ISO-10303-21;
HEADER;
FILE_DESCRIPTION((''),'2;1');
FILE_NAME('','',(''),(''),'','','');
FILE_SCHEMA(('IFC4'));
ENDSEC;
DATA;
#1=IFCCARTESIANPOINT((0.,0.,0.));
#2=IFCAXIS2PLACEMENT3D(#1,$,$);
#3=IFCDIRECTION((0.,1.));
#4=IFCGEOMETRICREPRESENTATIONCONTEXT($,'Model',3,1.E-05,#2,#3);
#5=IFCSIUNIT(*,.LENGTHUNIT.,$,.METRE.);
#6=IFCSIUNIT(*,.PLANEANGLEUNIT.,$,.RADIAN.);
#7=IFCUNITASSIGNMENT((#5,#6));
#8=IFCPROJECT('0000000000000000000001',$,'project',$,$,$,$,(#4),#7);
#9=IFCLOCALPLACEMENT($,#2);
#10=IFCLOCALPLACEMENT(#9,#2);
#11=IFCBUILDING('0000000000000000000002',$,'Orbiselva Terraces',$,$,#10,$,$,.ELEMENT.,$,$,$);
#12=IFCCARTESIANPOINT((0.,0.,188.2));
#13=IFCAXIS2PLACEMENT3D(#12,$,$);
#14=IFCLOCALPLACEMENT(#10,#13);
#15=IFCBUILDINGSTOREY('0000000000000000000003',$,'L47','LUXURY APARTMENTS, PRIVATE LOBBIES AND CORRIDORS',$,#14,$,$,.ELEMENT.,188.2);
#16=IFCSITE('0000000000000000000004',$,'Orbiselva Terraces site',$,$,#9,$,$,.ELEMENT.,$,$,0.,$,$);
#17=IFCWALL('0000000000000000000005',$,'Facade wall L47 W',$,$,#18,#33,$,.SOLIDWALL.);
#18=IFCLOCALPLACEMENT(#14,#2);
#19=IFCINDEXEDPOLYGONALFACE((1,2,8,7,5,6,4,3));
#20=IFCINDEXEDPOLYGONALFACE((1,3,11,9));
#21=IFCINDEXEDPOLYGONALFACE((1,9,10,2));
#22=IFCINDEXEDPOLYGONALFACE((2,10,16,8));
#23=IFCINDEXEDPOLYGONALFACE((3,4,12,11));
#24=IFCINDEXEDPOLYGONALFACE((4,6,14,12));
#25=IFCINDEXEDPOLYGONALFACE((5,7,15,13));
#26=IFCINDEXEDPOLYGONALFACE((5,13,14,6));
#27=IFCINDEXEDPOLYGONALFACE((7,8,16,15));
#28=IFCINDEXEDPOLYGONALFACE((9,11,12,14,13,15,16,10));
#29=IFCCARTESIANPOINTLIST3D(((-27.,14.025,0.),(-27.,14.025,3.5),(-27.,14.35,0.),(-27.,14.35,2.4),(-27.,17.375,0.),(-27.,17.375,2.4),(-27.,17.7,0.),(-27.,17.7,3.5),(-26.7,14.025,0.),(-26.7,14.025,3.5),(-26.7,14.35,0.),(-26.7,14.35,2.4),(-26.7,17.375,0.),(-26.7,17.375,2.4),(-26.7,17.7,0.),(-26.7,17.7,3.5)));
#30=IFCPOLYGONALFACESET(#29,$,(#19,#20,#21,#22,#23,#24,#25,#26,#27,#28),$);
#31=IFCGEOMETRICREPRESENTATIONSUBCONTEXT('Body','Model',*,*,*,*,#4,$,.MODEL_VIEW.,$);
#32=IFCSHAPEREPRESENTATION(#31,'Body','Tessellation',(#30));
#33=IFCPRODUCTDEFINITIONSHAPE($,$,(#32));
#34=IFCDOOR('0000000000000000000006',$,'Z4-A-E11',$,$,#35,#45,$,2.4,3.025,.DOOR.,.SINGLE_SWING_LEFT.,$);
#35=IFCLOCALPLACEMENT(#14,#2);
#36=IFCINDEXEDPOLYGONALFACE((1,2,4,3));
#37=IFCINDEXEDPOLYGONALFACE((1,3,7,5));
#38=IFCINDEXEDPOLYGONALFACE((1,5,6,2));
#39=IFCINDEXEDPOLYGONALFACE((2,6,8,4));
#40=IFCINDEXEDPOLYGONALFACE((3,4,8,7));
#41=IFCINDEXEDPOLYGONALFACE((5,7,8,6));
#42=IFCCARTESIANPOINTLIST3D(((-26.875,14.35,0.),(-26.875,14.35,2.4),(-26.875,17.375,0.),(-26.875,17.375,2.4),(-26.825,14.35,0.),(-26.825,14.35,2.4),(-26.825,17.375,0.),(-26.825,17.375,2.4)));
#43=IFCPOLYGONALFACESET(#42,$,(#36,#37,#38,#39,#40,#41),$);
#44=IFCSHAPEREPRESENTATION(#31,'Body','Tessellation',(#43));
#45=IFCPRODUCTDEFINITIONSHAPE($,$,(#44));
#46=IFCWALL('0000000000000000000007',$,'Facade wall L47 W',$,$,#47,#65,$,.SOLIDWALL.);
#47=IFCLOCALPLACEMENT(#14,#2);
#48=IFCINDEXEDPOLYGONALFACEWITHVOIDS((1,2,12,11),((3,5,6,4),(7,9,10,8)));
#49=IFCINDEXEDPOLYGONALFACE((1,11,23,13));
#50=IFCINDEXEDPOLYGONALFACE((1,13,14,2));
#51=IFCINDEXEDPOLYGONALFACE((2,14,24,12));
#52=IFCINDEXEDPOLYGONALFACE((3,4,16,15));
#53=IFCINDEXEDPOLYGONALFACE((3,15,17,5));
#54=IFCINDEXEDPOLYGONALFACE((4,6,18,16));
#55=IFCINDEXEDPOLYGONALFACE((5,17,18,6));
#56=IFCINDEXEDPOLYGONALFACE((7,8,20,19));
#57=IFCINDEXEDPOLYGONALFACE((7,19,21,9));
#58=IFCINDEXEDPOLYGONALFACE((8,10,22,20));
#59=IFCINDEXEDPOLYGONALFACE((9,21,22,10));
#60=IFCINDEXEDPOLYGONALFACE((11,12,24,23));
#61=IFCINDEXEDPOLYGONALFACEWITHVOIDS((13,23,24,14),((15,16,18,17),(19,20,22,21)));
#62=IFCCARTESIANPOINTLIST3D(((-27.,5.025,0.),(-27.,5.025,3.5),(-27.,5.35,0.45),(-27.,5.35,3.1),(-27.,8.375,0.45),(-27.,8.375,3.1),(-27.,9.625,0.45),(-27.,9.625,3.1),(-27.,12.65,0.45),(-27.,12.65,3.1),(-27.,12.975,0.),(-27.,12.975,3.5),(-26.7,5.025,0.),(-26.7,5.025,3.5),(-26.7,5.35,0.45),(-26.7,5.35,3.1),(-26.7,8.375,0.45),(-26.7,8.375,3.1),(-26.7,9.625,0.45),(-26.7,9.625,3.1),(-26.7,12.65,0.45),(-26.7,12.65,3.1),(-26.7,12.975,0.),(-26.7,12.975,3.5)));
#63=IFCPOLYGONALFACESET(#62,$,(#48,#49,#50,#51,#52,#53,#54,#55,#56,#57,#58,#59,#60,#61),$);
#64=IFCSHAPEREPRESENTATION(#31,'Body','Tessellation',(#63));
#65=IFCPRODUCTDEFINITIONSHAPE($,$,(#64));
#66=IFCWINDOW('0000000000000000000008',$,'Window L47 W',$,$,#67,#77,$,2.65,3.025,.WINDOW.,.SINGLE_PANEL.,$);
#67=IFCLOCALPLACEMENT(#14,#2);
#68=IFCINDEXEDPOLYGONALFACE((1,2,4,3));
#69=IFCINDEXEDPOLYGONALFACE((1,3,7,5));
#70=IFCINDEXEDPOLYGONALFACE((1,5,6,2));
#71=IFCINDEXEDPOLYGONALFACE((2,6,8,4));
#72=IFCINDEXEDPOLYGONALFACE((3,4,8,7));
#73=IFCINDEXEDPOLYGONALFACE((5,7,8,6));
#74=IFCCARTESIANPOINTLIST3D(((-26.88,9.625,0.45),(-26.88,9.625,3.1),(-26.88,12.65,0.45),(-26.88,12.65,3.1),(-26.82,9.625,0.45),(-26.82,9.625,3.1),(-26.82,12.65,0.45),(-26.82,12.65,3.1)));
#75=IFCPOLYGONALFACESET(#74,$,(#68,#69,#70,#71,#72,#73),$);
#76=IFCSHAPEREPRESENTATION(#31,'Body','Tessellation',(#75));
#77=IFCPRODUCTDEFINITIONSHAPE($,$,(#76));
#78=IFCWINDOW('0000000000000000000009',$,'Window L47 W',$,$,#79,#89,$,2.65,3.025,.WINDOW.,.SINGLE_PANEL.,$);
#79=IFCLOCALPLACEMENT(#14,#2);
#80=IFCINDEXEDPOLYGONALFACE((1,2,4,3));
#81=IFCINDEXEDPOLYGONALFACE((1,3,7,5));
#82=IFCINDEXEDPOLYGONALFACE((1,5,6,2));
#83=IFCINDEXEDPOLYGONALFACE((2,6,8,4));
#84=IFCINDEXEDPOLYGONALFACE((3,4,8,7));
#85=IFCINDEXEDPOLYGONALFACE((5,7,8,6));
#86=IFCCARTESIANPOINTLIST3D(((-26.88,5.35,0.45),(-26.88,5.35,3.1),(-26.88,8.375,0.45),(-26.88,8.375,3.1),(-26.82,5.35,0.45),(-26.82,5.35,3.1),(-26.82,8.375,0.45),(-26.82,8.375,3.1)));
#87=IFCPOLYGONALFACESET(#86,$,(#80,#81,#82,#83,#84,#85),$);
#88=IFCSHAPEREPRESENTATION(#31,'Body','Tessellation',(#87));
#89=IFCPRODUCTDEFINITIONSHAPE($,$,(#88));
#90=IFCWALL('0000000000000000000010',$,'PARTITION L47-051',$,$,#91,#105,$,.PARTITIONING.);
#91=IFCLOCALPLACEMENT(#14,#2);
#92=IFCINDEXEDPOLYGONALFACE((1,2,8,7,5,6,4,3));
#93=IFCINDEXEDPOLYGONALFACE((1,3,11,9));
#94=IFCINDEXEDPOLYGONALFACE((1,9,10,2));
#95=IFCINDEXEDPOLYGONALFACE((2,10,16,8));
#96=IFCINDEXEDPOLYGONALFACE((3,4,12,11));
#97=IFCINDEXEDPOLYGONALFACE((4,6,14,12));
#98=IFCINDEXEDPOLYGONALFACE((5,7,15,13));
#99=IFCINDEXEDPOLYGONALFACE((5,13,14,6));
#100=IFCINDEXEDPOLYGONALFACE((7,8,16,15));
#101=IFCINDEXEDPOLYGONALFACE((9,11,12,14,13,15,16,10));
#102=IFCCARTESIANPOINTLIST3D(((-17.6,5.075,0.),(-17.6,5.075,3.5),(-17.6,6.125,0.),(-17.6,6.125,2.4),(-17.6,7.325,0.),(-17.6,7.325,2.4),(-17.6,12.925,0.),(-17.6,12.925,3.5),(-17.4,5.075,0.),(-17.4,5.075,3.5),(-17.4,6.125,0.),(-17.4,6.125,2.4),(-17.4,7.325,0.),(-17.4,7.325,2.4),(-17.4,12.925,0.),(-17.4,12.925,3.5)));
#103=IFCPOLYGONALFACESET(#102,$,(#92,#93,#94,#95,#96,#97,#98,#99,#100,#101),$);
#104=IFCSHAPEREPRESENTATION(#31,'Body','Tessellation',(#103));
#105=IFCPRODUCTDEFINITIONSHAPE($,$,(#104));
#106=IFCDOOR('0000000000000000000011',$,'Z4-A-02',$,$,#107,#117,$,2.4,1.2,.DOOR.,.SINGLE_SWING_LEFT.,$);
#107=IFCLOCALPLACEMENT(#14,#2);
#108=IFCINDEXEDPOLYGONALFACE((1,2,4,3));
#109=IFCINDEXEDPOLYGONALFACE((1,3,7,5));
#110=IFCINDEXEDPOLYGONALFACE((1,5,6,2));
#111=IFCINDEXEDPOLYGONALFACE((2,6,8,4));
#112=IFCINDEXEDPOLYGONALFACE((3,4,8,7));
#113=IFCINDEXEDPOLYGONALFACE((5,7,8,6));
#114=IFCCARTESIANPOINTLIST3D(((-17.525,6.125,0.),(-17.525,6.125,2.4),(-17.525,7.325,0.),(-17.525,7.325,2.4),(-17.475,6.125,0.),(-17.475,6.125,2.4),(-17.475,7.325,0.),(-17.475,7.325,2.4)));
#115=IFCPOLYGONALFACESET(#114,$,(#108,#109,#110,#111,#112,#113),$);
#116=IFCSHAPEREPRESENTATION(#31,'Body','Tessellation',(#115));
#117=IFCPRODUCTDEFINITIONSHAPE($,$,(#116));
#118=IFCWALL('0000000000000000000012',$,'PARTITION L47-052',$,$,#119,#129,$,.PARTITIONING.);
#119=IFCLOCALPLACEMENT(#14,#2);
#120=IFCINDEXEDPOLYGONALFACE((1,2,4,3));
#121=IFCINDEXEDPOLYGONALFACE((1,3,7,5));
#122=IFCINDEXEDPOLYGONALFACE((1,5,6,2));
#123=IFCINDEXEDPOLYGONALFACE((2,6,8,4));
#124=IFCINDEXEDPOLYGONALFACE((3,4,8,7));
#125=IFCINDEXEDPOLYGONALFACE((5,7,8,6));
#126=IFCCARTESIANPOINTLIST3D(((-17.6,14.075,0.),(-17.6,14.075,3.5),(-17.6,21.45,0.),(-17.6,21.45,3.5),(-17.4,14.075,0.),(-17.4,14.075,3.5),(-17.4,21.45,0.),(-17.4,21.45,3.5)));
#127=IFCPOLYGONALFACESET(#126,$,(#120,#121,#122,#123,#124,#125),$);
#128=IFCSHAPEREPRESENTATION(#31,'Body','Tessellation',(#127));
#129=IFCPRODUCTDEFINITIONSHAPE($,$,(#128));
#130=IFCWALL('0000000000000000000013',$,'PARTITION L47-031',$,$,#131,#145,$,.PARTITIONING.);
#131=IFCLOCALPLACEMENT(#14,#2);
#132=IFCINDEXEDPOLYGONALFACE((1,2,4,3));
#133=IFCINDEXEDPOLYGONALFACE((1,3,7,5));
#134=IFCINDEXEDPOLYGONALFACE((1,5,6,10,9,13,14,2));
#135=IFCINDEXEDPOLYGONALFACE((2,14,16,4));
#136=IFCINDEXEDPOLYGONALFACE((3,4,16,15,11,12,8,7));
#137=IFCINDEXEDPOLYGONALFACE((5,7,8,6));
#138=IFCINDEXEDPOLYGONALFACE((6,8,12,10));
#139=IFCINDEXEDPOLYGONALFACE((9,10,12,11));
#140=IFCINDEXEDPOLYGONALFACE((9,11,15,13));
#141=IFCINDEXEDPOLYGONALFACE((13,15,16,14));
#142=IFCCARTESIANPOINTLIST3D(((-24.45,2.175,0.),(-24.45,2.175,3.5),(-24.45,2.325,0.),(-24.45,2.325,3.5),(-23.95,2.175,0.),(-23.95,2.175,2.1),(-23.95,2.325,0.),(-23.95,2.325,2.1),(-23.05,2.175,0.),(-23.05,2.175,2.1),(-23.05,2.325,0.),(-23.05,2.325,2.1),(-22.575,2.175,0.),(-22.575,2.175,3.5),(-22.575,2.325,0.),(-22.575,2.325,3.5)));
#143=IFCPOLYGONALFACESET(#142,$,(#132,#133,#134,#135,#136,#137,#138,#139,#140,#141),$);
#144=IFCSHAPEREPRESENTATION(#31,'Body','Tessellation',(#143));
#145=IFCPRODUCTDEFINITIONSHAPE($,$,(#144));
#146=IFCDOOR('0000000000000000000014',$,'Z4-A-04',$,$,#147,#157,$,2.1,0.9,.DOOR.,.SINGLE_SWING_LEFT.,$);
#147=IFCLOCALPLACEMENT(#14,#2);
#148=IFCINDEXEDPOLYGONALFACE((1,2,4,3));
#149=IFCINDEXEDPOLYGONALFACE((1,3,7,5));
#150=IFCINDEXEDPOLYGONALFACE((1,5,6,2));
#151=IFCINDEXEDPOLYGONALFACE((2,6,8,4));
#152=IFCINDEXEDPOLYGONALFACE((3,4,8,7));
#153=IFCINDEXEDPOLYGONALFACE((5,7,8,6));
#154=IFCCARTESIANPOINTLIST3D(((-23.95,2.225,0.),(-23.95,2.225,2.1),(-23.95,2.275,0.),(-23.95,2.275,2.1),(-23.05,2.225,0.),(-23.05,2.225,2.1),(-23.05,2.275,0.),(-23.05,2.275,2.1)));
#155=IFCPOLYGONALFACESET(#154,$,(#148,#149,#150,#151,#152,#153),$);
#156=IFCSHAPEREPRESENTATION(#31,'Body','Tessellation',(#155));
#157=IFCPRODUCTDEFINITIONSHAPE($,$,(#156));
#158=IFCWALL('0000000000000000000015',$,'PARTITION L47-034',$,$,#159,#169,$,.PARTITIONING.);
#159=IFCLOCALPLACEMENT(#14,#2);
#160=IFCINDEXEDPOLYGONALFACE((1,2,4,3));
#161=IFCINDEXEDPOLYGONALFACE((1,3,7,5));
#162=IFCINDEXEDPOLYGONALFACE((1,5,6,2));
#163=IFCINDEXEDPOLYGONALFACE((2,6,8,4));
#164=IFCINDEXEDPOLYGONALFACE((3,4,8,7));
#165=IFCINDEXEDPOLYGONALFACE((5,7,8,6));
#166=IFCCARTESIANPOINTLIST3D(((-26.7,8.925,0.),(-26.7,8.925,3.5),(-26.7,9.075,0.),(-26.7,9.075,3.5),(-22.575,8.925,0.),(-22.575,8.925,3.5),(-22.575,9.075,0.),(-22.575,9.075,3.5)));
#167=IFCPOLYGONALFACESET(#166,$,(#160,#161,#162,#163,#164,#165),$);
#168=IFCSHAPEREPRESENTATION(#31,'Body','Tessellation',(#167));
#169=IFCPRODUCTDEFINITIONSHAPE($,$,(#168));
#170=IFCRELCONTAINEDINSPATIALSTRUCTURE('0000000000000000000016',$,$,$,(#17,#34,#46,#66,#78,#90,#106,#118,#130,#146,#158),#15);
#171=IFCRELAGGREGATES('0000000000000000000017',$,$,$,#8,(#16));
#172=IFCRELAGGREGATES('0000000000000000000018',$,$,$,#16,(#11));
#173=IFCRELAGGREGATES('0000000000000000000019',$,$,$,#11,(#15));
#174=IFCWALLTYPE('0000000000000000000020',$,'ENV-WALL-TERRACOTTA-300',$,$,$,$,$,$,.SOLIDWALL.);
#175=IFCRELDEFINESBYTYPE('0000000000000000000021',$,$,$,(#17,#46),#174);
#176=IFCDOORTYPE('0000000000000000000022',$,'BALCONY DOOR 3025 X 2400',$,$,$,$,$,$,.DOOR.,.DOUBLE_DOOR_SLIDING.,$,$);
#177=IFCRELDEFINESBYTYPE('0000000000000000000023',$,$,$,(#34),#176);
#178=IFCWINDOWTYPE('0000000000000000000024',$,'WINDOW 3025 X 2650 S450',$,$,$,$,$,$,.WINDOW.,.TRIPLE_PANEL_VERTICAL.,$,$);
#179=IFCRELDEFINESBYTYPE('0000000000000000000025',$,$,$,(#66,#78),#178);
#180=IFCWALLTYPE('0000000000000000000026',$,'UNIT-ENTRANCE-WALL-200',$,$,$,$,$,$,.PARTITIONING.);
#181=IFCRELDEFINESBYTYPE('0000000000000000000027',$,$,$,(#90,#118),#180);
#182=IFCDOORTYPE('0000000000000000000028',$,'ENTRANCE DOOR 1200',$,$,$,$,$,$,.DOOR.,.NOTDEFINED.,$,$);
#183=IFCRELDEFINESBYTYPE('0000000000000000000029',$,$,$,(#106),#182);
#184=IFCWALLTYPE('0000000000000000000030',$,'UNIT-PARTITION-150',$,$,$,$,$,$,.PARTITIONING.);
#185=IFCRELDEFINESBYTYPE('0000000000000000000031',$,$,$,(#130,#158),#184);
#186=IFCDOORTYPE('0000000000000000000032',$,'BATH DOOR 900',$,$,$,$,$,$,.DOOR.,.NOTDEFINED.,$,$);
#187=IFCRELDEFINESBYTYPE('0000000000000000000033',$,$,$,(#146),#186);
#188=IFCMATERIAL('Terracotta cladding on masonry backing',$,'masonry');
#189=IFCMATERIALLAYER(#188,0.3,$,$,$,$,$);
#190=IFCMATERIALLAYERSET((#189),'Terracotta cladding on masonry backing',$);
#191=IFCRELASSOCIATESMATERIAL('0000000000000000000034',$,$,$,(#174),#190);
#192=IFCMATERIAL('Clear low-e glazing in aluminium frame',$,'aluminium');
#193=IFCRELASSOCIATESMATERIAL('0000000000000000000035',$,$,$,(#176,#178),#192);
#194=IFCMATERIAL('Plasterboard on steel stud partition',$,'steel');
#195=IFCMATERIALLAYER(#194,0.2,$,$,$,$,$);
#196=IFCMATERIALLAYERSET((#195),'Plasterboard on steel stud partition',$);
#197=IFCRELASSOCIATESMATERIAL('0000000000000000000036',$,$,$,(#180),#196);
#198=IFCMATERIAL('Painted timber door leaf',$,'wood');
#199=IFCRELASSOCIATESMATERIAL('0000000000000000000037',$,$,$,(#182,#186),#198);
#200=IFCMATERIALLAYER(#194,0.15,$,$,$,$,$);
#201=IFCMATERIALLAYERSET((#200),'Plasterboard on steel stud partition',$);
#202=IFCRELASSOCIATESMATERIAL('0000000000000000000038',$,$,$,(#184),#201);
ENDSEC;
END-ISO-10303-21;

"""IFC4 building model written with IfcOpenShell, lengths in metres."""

from ifc_helpers import new_model, si_unit, direction, frame, frame_2d, origin, place, context, subcontext, project, spatial, rectangle, extrude, material, layer, layer_set, type_object, element, fill, save


model = new_model("IFC4")

# Units and contexts
model_context = context("Model", 3, precision=1e-05, world=origin(), true_north=direction((0.0, 1.0)))
body_context = subcontext(model_context, "Body", "Model", "MODEL_VIEW")
ifc_project = project(units=[si_unit("LENGTHUNIT", "METRE"), si_unit("PLANEANGLEUNIT", "RADIAN")], contexts=[model_context])

# Site, building, storey
site_placement = place(None, origin())
site = spatial("IfcSite", under=ifc_project, at=site_placement, Name="Orbiselva Terraces site", CompositionType="ELEMENT", RefElevation=0.0)
building_placement = place(site_placement, origin())
building = spatial("IfcBuilding", under=site, at=building_placement, Name="Orbiselva Terraces", CompositionType="ELEMENT")
storey_placement = place(building_placement, frame((0.0, 0.0, 188.2)))
storey = spatial("IfcBuildingStorey", under=building, at=storey_placement, Name="L47", Description="LUXURY APARTMENTS, PRIVATE LOBBIES AND CORRIDORS", CompositionType="ELEMENT", Elevation=188.2)

# Wall, opening, door
ifc_material_1 = material(Name="Terracotta cladding on masonry backing", Category="masonry")
ifc_layer_1 = layer(ifc_material_1, 0.3)
ifc_layer_set_1 = layer_set([ifc_layer_1], Name="Terracotta cladding on masonry backing")
wall_type_1 = type_object("IfcWallType", Name="ENV-WALL-TERRACOTTA-300", PredefinedType="SOLIDWALL", material=ifc_layer_set_1)
wall_1_placement = place(storey_placement, frame((-26.85, 14.025, 0.0), z_axis=(0.0, 0.0, 1.0), x_axis=(0.0, 1.0, 0.0)))
wall_1 = element("IfcWall", 1, at=wall_1_placement, inside=storey, type_object=wall_type_1, Name="Facade wall L47 W", PredefinedType="SOLIDWALL", context=body_context, shape_type="SweptSolid", body=[
    extrude(rectangle(XDim=3.675, YDim=0.3, at=frame_2d((1.8375, 0.0))), origin(), (0.0, 0.0, 1.0), 3.5),
])
opening_1_placement = place(wall_1_placement, frame((0.325, 0.0, 0.0)))
opening_1 = element("IfcOpeningElement", 2, at=opening_1_placement, cuts=wall_1, PredefinedType="OPENING", context=body_context, shape_type="SweptSolid", body=[
    extrude(rectangle(XDim=3.025, YDim=2.4, at=frame_2d((1.5125, 1.2))), frame((0.0, 0.16, 0.0), z_axis=(0.0, -1.0, 0.0), x_axis=(1.0, 0.0, 0.0)), (0.0, 0.0, 1.0), 0.32),
])
ifc_material_2 = material(Name="Clear low-e glazing in aluminium frame", Category="aluminium")
door_type_1 = type_object("IfcDoorType", Name="BALCONY DOOR 3025 X 2400", OperationType="DOUBLE_DOOR_SLIDING", PredefinedType="DOOR", material=ifc_material_2)
door_1_placement = place(opening_1_placement, origin())
door_1 = element("IfcDoor", 3, at=door_1_placement, inside=storey, type_object=door_type_1, Name="Z4-A-E11", OperationType="SINGLE_SWING_LEFT", OverallHeight=2.4, OverallWidth=3.025, PredefinedType="DOOR", context=body_context, shape_type="SweptSolid", body=[
    extrude(rectangle(XDim=3.025, YDim=2.4, at=frame_2d((1.5125, 1.2))), frame((0.0, 0.025, 0.0), z_axis=(0.0, -1.0, 0.0), x_axis=(1.0, 0.0, 0.0)), (0.0, 0.0, 1.0), 0.05),
])
fill(opening_1, door_1)

# Wall, openings, windows
wall_2_placement = place(storey_placement, frame((-26.85, 5.025, 0.0), z_axis=(0.0, 0.0, 1.0), x_axis=(0.0, 1.0, 0.0)))
wall_2 = element("IfcWall", 4, at=wall_2_placement, inside=storey, type_object=wall_type_1, Name="Facade wall L47 W", PredefinedType="SOLIDWALL", context=body_context, shape_type="SweptSolid", body=[
    extrude(rectangle(XDim=7.95, YDim=0.3, at=frame_2d((3.975, 0.0))), origin(), (0.0, 0.0, 1.0), 3.5),
])
opening_2_placement = place(wall_2_placement, frame((4.6, 0.0, 0.45)))
opening_2 = element("IfcOpeningElement", 5, at=opening_2_placement, cuts=wall_2, PredefinedType="OPENING", context=body_context, shape_type="SweptSolid", body=[
    extrude(rectangle(XDim=3.025, YDim=2.65, at=frame_2d((1.5125, 1.325))), frame((0.0, 0.16, 0.0), z_axis=(0.0, -1.0, 0.0), x_axis=(1.0, 0.0, 0.0)), (0.0, 0.0, 1.0), 0.32),
])
opening_3_placement = place(wall_2_placement, frame((0.325, 0.0, 0.45)))
opening_3 = element("IfcOpeningElement", 6, at=opening_3_placement, cuts=wall_2, PredefinedType="OPENING", context=body_context, shape_type="SweptSolid", body=[
    extrude(rectangle(XDim=3.025, YDim=2.65, at=frame_2d((1.5125, 1.325))), frame((0.0, 0.16, 0.0), z_axis=(0.0, -1.0, 0.0), x_axis=(1.0, 0.0, 0.0)), (0.0, 0.0, 1.0), 0.32),
])
window_type = type_object("IfcWindowType", Name="WINDOW 3025 X 2650 S450", PartitioningType="TRIPLE_PANEL_VERTICAL", PredefinedType="WINDOW", material=ifc_material_2)
window_1_placement = place(opening_2_placement, origin())
window_1 = element("IfcWindow", 7, at=window_1_placement, inside=storey, type_object=window_type, Name="Window L47 W", OverallHeight=2.65, OverallWidth=3.025, PartitioningType="SINGLE_PANEL", PredefinedType="WINDOW", context=body_context, shape_type="SweptSolid", body=[
    extrude(rectangle(XDim=3.025, YDim=2.65, at=frame_2d((1.5125, 1.325))), frame((0.0, 0.03, 0.0), z_axis=(0.0, -1.0, 0.0), x_axis=(1.0, 0.0, 0.0)), (0.0, 0.0, 1.0), 0.06),
])
fill(opening_2, window_1)
window_2_placement = place(opening_3_placement, origin())
window_2 = element("IfcWindow", 8, at=window_2_placement, inside=storey, type_object=window_type, Name="Window L47 W", OverallHeight=2.65, OverallWidth=3.025, PartitioningType="SINGLE_PANEL", PredefinedType="WINDOW", context=body_context, shape_type="SweptSolid", body=[
    extrude(rectangle(XDim=3.025, YDim=2.65, at=frame_2d((1.5125, 1.325))), frame((0.0, 0.03, 0.0), z_axis=(0.0, -1.0, 0.0), x_axis=(1.0, 0.0, 0.0)), (0.0, 0.0, 1.0), 0.06),
])
fill(opening_3, window_2)

# Wall, opening, door
ifc_material_3 = material(Name="Plasterboard on steel stud partition", Category="steel")
ifc_layer_2 = layer(ifc_material_3, 0.2)
ifc_layer_set_2 = layer_set([ifc_layer_2], Name="Plasterboard on steel stud partition")
wall_type_2 = type_object("IfcWallType", Name="UNIT-ENTRANCE-WALL-200", PredefinedType="PARTITIONING", material=ifc_layer_set_2)
wall_3_placement = place(storey_placement, frame((-17.5, 5.075, 0.0), z_axis=(0.0, 0.0, 1.0), x_axis=(0.0, 1.0, 0.0)))
wall_3 = element("IfcWall", 9, at=wall_3_placement, inside=storey, type_object=wall_type_2, Name="PARTITION L47-051", PredefinedType="PARTITIONING", context=body_context, shape_type="SweptSolid", body=[
    extrude(rectangle(XDim=7.85, YDim=0.2, at=frame_2d((3.925, 0.0))), origin(), (0.0, 0.0, 1.0), 3.5),
])
opening_4_placement = place(wall_3_placement, frame((1.05, 0.0, 0.0)))
opening_4 = element("IfcOpeningElement", 10, at=opening_4_placement, cuts=wall_3, PredefinedType="OPENING", context=body_context, shape_type="SweptSolid", body=[
    extrude(rectangle(XDim=1.2, YDim=2.4, at=frame_2d((0.6, 1.2))), frame((0.0, 0.11, 0.0), z_axis=(0.0, -1.0, 0.0), x_axis=(1.0, 0.0, 0.0)), (0.0, 0.0, 1.0), 0.22),
])
ifc_material_4 = material(Name="Painted timber door leaf", Category="wood")
door_type_2 = type_object("IfcDoorType", Name="ENTRANCE DOOR 1200", OperationType="NOTDEFINED", PredefinedType="DOOR", material=ifc_material_4)
door_2_placement = place(opening_4_placement, origin())
door_2 = element("IfcDoor", 11, at=door_2_placement, inside=storey, type_object=door_type_2, Name="Z4-A-02", OperationType="SINGLE_SWING_LEFT", OverallHeight=2.4, OverallWidth=1.2, PredefinedType="DOOR", context=body_context, shape_type="SweptSolid", body=[
    extrude(rectangle(XDim=1.2, YDim=2.4, at=frame_2d((0.6, 1.2))), frame((0.0, 0.025, 0.0), z_axis=(0.0, -1.0, 0.0), x_axis=(1.0, 0.0, 0.0)), (0.0, 0.0, 1.0), 0.05),
])
fill(opening_4, door_2)

# Wall
wall_4_placement = place(storey_placement, frame((-17.5, 14.075, 0.0), z_axis=(0.0, 0.0, 1.0), x_axis=(0.0, 1.0, 0.0)))
element("IfcWall", 12, at=wall_4_placement, inside=storey, type_object=wall_type_2, Name="PARTITION L47-052", PredefinedType="PARTITIONING", context=body_context, shape_type="SweptSolid", body=[
    extrude(rectangle(XDim=7.375, YDim=0.2, at=frame_2d((3.6875, 0.0))), origin(), (0.0, 0.0, 1.0), 3.5),
])

# Wall, opening, door
ifc_layer_3 = layer(ifc_material_3, 0.15)
ifc_layer_set_3 = layer_set([ifc_layer_3], Name="Plasterboard on steel stud partition")
wall_type_3 = type_object("IfcWallType", Name="UNIT-PARTITION-150", PredefinedType="PARTITIONING", material=ifc_layer_set_3)
wall_5_placement = place(storey_placement, frame((-22.575, 2.25, 0.0), z_axis=(0.0, 0.0, 1.0), x_axis=(-1.0, 0.0, 0.0)))
wall_5 = element("IfcWall", 13, at=wall_5_placement, inside=storey, type_object=wall_type_3, Name="PARTITION L47-031", PredefinedType="PARTITIONING", context=body_context, shape_type="SweptSolid", body=[
    extrude(rectangle(XDim=1.875, YDim=0.15, at=frame_2d((0.9375, 0.0))), origin(), (0.0, 0.0, 1.0), 3.5),
])
opening_5_placement = place(wall_5_placement, frame((0.475, 0.0, 0.0)))
opening_5 = element("IfcOpeningElement", 14, at=opening_5_placement, cuts=wall_5, PredefinedType="OPENING", context=body_context, shape_type="SweptSolid", body=[
    extrude(rectangle(XDim=0.9, YDim=2.1, at=frame_2d((0.45, 1.05))), frame((0.0, 0.085, 0.0), z_axis=(0.0, -1.0, 0.0), x_axis=(1.0, 0.0, 0.0)), (0.0, 0.0, 1.0), 0.17),
])
door_type_3 = type_object("IfcDoorType", Name="BATH DOOR 900", OperationType="NOTDEFINED", PredefinedType="DOOR", material=ifc_material_4)
door_3_placement = place(opening_5_placement, origin())
door_3 = element("IfcDoor", 15, at=door_3_placement, inside=storey, type_object=door_type_3, Name="Z4-A-04", OperationType="SINGLE_SWING_LEFT", OverallHeight=2.1, OverallWidth=0.9, PredefinedType="DOOR", context=body_context, shape_type="SweptSolid", body=[
    extrude(rectangle(XDim=0.9, YDim=2.1, at=frame_2d((0.45, 1.05))), frame((0.0, 0.025, 0.0), z_axis=(0.0, -1.0, 0.0), x_axis=(1.0, 0.0, 0.0)), (0.0, 0.0, 1.0), 0.05),
])
fill(opening_5, door_3)

# Wall
wall_6_placement = place(storey_placement, frame((-26.7, 9.0, 0.0), z_axis=(0.0, 0.0, 1.0), x_axis=(1.0, 0.0, 0.0)))
element("IfcWall", 16, at=wall_6_placement, inside=storey, type_object=wall_type_3, Name="PARTITION L47-034", PredefinedType="PARTITIONING", context=body_context, shape_type="SweptSolid", body=[
    extrude(rectangle(XDim=4.125, YDim=0.15, at=frame_2d((2.0625, 0.0))), origin(), (0.0, 0.0, 1.0), 3.5),
])

save(model, "model.ifc")
